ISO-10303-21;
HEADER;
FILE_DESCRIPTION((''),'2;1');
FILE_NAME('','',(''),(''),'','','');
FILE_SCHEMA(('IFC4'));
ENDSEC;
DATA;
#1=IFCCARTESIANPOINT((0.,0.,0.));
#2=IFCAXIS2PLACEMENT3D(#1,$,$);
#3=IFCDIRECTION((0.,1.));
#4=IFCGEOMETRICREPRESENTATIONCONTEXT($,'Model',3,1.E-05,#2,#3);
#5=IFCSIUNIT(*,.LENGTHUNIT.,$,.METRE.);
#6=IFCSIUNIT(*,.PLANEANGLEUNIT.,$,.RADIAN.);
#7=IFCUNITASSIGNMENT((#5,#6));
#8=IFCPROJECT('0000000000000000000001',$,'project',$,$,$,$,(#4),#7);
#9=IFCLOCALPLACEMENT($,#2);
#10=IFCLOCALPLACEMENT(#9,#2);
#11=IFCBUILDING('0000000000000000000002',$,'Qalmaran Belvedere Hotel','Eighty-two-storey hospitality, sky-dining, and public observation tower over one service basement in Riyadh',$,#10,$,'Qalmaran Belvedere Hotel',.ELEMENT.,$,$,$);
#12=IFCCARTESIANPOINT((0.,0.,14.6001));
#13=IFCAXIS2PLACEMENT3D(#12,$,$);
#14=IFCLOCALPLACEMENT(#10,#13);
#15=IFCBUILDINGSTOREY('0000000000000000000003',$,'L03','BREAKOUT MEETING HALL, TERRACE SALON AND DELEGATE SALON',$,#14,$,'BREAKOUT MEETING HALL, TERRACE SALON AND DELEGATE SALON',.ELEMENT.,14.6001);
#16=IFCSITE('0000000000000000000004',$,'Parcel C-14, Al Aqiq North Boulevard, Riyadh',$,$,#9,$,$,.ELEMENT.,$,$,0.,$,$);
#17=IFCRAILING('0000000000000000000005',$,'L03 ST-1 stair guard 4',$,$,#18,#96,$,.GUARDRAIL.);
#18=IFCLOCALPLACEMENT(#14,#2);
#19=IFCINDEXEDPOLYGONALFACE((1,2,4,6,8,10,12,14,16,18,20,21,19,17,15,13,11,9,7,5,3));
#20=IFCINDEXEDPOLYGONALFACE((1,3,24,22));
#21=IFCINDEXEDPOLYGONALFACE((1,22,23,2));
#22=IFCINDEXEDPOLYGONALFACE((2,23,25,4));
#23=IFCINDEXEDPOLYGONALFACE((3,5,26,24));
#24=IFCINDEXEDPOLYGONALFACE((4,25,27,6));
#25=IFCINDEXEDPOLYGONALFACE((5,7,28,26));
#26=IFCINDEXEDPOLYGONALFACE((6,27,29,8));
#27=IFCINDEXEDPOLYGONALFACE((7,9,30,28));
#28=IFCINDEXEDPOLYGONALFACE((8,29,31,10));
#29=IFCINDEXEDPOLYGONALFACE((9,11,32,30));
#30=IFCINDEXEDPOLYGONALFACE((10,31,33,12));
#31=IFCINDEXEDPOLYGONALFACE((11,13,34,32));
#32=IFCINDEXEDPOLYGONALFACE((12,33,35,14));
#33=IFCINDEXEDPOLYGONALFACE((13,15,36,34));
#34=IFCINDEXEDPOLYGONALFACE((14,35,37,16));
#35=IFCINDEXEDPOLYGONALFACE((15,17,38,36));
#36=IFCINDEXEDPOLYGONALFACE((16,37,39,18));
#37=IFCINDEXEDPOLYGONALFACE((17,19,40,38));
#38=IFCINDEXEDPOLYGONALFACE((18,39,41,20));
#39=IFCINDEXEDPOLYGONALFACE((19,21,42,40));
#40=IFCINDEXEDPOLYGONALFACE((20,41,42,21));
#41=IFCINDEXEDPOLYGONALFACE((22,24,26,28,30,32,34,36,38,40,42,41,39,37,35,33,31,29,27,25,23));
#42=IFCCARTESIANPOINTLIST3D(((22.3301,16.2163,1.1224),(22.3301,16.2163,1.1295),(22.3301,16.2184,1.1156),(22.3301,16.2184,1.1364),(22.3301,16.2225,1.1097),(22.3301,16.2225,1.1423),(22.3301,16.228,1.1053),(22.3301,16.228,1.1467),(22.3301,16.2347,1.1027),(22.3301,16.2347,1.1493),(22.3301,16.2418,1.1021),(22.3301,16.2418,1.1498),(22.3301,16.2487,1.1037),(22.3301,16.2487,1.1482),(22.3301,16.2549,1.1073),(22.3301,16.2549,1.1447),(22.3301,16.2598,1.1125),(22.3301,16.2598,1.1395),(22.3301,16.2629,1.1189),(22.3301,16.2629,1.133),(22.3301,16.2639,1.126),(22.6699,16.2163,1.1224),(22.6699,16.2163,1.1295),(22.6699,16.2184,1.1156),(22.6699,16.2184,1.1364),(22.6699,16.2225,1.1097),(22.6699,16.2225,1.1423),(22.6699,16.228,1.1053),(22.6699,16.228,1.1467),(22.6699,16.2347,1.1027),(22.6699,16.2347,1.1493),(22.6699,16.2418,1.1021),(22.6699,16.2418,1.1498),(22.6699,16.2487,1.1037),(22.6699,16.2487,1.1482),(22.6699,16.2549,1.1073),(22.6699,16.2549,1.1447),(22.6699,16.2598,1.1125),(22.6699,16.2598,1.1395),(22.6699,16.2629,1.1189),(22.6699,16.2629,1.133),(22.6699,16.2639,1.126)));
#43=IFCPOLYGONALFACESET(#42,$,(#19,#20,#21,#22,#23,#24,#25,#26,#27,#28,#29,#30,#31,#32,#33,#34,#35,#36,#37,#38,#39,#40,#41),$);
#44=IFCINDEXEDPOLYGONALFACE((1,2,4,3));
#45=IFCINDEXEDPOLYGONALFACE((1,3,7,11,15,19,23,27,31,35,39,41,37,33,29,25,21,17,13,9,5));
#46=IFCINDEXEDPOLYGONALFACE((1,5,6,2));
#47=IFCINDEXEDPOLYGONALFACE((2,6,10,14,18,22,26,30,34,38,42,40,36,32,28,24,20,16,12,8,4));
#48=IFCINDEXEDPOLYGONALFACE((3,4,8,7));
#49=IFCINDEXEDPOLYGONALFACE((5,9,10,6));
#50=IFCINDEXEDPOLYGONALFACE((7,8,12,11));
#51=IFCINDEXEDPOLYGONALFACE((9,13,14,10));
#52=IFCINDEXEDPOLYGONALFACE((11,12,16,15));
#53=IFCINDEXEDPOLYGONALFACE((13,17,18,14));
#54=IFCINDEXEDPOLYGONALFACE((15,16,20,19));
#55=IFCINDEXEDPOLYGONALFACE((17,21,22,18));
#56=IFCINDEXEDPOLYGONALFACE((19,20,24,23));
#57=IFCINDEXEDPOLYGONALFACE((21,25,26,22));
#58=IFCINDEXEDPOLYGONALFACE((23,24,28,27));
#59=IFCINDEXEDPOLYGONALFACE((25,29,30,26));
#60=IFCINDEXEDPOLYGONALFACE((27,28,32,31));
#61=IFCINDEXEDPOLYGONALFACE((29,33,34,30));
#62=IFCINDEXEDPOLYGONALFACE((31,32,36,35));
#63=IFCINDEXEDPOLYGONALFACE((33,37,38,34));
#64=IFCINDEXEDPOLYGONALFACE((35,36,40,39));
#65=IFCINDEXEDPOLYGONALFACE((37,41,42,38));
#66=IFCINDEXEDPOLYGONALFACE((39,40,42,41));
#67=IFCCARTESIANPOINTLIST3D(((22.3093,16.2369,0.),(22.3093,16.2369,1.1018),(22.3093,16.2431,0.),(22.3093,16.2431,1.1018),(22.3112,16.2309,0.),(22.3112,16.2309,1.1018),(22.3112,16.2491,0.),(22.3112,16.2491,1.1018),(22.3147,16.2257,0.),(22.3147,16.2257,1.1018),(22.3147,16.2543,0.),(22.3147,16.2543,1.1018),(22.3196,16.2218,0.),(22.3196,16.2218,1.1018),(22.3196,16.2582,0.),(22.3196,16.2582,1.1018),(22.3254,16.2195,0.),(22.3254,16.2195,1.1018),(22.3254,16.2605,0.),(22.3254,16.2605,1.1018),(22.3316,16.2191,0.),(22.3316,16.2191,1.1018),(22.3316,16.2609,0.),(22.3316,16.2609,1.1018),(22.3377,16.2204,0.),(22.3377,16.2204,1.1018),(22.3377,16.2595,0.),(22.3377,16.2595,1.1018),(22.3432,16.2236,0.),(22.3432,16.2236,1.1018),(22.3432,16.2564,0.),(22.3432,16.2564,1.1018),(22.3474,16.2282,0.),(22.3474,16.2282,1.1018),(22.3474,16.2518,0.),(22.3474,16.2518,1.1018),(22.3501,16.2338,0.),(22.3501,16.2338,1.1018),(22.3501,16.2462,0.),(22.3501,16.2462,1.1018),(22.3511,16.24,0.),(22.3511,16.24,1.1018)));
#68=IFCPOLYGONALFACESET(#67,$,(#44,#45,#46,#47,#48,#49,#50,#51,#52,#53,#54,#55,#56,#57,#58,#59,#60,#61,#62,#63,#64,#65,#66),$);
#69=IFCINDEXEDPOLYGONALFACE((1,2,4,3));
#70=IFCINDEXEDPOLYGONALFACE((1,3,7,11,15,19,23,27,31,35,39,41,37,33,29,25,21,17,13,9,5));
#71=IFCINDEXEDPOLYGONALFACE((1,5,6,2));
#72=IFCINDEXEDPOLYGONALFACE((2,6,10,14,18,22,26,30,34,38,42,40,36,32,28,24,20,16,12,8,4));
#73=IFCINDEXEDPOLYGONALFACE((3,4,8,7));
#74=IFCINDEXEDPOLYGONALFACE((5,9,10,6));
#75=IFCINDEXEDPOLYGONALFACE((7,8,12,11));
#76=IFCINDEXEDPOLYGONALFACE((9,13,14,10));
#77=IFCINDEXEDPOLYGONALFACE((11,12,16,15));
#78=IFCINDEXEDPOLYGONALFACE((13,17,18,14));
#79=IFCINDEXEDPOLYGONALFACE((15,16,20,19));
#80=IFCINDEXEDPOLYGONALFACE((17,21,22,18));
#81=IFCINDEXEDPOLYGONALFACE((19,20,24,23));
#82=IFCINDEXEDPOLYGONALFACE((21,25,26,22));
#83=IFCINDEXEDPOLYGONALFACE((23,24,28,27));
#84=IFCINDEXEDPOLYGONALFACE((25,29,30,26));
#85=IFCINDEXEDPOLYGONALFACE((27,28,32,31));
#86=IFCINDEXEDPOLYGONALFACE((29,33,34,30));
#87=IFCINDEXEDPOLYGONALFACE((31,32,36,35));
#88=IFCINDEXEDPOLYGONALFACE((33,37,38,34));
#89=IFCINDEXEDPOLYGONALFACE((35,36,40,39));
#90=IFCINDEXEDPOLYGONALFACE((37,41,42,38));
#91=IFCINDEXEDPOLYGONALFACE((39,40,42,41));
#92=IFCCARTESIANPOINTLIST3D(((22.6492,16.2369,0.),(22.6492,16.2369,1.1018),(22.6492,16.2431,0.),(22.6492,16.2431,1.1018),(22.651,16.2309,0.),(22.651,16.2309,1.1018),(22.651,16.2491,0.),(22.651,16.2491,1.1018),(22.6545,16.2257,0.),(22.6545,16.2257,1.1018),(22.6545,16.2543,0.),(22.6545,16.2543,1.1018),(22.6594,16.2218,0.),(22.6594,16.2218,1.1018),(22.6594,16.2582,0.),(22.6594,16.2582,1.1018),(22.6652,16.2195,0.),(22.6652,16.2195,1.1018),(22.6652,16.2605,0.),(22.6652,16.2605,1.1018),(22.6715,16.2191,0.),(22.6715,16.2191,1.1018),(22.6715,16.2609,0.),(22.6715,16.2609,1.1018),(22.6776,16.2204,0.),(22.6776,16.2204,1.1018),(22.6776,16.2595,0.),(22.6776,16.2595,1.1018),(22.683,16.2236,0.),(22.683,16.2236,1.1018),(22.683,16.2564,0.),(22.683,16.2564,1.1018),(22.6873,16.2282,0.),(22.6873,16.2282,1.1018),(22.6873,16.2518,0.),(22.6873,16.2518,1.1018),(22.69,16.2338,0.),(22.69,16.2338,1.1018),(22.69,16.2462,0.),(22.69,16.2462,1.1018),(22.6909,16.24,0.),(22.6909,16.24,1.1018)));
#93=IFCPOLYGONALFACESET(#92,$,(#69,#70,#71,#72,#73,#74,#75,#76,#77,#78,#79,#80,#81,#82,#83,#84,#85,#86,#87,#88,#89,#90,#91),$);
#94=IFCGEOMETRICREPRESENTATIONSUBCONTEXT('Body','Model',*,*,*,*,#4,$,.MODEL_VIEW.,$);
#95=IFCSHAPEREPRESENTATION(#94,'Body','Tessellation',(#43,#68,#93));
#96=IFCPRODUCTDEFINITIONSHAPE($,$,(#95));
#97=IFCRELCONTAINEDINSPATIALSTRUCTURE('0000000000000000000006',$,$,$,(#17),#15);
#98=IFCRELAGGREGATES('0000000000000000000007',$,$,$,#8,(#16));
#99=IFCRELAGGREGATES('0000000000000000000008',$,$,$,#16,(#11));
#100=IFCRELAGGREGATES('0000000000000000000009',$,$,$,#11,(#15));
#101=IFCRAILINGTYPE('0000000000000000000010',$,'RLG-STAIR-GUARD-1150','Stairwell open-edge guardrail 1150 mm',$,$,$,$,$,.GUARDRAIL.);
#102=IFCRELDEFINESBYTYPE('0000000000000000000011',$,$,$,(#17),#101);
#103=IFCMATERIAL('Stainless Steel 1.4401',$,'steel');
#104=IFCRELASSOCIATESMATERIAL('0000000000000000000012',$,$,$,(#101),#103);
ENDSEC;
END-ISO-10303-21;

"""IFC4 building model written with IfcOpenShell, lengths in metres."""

from ifc_helpers import new_model, si_unit, direction, frame, origin, origin_2d, place, context, subcontext, project, spatial, circle, extrude, material, type_object, element, save


model = new_model("IFC4")

# Units and contexts
model_context = context("Model", 3, precision=1e-05, world=origin(), true_north=direction((0.0, 1.0)))
body_context = subcontext(model_context, "Body", "Model", "MODEL_VIEW")
ifc_project = project(units=[si_unit("LENGTHUNIT", "METRE"), si_unit("PLANEANGLEUNIT", "RADIAN")], contexts=[model_context])

# Site, building, storey
site_placement = place(None, origin())
site = spatial("IfcSite", under=ifc_project, at=site_placement, Name="Parcel C-14, Al Aqiq North Boulevard, Riyadh", CompositionType="ELEMENT", RefElevation=0.0)
building_placement = place(site_placement, origin())
building = spatial("IfcBuilding", under=site, at=building_placement, Name="Qalmaran Belvedere Hotel", Description="Eighty-two-storey hospitality, sky-dining, and public observation tower over one service basement in Riyadh", LongName="Qalmaran Belvedere Hotel", CompositionType="ELEMENT")
storey_placement = place(building_placement, frame((0.0, 0.0, 14.6001)))
storey = spatial("IfcBuildingStorey", under=building, at=storey_placement, Name="L03", Description="BREAKOUT MEETING HALL, TERRACE SALON AND DELEGATE SALON", LongName="BREAKOUT MEETING HALL, TERRACE SALON AND DELEGATE SALON", CompositionType="ELEMENT", Elevation=14.6001)

# Shared definitions
ifc_material_1 = material(Name="Stainless Steel 1.4401", Category="steel")

# Railing
railing_type_1 = type_object("IfcRailingType", Name="RLG-STAIR-GUARD-1150", Description="Stairwell open-edge guardrail 1150 mm", PredefinedType="GUARDRAIL", material=ifc_material_1)
railing_1_placement = place(storey_placement, frame((22.3301, 16.24, 0.0)))
element("IfcRailing", 1, at=railing_1_placement, inside=storey, type_object=railing_type_1, Name="L03 ST-1 stair guard 4", PredefinedType="GUARDRAIL", context=body_context, shape_type="SweptSolid", body=[
    extrude(circle(Radius=0.0239, at=origin_2d()), frame((0.0, 0.0, 1.126), z_axis=(1.0, 0.0, 0.0), x_axis=(0.0, 1.0, 0.0)), (0.0, 0.0, 1.0), 0.3398),
    extrude(circle(Radius=0.021, at=origin_2d()), origin(), (0.0, 0.0, 1.0), 1.1018),
    extrude(circle(Radius=0.021, at=origin_2d()), frame((0.3398, 0.0, 0.0)), (0.0, 0.0, 1.0), 1.1018),
])

save(model, "model.ifc")
